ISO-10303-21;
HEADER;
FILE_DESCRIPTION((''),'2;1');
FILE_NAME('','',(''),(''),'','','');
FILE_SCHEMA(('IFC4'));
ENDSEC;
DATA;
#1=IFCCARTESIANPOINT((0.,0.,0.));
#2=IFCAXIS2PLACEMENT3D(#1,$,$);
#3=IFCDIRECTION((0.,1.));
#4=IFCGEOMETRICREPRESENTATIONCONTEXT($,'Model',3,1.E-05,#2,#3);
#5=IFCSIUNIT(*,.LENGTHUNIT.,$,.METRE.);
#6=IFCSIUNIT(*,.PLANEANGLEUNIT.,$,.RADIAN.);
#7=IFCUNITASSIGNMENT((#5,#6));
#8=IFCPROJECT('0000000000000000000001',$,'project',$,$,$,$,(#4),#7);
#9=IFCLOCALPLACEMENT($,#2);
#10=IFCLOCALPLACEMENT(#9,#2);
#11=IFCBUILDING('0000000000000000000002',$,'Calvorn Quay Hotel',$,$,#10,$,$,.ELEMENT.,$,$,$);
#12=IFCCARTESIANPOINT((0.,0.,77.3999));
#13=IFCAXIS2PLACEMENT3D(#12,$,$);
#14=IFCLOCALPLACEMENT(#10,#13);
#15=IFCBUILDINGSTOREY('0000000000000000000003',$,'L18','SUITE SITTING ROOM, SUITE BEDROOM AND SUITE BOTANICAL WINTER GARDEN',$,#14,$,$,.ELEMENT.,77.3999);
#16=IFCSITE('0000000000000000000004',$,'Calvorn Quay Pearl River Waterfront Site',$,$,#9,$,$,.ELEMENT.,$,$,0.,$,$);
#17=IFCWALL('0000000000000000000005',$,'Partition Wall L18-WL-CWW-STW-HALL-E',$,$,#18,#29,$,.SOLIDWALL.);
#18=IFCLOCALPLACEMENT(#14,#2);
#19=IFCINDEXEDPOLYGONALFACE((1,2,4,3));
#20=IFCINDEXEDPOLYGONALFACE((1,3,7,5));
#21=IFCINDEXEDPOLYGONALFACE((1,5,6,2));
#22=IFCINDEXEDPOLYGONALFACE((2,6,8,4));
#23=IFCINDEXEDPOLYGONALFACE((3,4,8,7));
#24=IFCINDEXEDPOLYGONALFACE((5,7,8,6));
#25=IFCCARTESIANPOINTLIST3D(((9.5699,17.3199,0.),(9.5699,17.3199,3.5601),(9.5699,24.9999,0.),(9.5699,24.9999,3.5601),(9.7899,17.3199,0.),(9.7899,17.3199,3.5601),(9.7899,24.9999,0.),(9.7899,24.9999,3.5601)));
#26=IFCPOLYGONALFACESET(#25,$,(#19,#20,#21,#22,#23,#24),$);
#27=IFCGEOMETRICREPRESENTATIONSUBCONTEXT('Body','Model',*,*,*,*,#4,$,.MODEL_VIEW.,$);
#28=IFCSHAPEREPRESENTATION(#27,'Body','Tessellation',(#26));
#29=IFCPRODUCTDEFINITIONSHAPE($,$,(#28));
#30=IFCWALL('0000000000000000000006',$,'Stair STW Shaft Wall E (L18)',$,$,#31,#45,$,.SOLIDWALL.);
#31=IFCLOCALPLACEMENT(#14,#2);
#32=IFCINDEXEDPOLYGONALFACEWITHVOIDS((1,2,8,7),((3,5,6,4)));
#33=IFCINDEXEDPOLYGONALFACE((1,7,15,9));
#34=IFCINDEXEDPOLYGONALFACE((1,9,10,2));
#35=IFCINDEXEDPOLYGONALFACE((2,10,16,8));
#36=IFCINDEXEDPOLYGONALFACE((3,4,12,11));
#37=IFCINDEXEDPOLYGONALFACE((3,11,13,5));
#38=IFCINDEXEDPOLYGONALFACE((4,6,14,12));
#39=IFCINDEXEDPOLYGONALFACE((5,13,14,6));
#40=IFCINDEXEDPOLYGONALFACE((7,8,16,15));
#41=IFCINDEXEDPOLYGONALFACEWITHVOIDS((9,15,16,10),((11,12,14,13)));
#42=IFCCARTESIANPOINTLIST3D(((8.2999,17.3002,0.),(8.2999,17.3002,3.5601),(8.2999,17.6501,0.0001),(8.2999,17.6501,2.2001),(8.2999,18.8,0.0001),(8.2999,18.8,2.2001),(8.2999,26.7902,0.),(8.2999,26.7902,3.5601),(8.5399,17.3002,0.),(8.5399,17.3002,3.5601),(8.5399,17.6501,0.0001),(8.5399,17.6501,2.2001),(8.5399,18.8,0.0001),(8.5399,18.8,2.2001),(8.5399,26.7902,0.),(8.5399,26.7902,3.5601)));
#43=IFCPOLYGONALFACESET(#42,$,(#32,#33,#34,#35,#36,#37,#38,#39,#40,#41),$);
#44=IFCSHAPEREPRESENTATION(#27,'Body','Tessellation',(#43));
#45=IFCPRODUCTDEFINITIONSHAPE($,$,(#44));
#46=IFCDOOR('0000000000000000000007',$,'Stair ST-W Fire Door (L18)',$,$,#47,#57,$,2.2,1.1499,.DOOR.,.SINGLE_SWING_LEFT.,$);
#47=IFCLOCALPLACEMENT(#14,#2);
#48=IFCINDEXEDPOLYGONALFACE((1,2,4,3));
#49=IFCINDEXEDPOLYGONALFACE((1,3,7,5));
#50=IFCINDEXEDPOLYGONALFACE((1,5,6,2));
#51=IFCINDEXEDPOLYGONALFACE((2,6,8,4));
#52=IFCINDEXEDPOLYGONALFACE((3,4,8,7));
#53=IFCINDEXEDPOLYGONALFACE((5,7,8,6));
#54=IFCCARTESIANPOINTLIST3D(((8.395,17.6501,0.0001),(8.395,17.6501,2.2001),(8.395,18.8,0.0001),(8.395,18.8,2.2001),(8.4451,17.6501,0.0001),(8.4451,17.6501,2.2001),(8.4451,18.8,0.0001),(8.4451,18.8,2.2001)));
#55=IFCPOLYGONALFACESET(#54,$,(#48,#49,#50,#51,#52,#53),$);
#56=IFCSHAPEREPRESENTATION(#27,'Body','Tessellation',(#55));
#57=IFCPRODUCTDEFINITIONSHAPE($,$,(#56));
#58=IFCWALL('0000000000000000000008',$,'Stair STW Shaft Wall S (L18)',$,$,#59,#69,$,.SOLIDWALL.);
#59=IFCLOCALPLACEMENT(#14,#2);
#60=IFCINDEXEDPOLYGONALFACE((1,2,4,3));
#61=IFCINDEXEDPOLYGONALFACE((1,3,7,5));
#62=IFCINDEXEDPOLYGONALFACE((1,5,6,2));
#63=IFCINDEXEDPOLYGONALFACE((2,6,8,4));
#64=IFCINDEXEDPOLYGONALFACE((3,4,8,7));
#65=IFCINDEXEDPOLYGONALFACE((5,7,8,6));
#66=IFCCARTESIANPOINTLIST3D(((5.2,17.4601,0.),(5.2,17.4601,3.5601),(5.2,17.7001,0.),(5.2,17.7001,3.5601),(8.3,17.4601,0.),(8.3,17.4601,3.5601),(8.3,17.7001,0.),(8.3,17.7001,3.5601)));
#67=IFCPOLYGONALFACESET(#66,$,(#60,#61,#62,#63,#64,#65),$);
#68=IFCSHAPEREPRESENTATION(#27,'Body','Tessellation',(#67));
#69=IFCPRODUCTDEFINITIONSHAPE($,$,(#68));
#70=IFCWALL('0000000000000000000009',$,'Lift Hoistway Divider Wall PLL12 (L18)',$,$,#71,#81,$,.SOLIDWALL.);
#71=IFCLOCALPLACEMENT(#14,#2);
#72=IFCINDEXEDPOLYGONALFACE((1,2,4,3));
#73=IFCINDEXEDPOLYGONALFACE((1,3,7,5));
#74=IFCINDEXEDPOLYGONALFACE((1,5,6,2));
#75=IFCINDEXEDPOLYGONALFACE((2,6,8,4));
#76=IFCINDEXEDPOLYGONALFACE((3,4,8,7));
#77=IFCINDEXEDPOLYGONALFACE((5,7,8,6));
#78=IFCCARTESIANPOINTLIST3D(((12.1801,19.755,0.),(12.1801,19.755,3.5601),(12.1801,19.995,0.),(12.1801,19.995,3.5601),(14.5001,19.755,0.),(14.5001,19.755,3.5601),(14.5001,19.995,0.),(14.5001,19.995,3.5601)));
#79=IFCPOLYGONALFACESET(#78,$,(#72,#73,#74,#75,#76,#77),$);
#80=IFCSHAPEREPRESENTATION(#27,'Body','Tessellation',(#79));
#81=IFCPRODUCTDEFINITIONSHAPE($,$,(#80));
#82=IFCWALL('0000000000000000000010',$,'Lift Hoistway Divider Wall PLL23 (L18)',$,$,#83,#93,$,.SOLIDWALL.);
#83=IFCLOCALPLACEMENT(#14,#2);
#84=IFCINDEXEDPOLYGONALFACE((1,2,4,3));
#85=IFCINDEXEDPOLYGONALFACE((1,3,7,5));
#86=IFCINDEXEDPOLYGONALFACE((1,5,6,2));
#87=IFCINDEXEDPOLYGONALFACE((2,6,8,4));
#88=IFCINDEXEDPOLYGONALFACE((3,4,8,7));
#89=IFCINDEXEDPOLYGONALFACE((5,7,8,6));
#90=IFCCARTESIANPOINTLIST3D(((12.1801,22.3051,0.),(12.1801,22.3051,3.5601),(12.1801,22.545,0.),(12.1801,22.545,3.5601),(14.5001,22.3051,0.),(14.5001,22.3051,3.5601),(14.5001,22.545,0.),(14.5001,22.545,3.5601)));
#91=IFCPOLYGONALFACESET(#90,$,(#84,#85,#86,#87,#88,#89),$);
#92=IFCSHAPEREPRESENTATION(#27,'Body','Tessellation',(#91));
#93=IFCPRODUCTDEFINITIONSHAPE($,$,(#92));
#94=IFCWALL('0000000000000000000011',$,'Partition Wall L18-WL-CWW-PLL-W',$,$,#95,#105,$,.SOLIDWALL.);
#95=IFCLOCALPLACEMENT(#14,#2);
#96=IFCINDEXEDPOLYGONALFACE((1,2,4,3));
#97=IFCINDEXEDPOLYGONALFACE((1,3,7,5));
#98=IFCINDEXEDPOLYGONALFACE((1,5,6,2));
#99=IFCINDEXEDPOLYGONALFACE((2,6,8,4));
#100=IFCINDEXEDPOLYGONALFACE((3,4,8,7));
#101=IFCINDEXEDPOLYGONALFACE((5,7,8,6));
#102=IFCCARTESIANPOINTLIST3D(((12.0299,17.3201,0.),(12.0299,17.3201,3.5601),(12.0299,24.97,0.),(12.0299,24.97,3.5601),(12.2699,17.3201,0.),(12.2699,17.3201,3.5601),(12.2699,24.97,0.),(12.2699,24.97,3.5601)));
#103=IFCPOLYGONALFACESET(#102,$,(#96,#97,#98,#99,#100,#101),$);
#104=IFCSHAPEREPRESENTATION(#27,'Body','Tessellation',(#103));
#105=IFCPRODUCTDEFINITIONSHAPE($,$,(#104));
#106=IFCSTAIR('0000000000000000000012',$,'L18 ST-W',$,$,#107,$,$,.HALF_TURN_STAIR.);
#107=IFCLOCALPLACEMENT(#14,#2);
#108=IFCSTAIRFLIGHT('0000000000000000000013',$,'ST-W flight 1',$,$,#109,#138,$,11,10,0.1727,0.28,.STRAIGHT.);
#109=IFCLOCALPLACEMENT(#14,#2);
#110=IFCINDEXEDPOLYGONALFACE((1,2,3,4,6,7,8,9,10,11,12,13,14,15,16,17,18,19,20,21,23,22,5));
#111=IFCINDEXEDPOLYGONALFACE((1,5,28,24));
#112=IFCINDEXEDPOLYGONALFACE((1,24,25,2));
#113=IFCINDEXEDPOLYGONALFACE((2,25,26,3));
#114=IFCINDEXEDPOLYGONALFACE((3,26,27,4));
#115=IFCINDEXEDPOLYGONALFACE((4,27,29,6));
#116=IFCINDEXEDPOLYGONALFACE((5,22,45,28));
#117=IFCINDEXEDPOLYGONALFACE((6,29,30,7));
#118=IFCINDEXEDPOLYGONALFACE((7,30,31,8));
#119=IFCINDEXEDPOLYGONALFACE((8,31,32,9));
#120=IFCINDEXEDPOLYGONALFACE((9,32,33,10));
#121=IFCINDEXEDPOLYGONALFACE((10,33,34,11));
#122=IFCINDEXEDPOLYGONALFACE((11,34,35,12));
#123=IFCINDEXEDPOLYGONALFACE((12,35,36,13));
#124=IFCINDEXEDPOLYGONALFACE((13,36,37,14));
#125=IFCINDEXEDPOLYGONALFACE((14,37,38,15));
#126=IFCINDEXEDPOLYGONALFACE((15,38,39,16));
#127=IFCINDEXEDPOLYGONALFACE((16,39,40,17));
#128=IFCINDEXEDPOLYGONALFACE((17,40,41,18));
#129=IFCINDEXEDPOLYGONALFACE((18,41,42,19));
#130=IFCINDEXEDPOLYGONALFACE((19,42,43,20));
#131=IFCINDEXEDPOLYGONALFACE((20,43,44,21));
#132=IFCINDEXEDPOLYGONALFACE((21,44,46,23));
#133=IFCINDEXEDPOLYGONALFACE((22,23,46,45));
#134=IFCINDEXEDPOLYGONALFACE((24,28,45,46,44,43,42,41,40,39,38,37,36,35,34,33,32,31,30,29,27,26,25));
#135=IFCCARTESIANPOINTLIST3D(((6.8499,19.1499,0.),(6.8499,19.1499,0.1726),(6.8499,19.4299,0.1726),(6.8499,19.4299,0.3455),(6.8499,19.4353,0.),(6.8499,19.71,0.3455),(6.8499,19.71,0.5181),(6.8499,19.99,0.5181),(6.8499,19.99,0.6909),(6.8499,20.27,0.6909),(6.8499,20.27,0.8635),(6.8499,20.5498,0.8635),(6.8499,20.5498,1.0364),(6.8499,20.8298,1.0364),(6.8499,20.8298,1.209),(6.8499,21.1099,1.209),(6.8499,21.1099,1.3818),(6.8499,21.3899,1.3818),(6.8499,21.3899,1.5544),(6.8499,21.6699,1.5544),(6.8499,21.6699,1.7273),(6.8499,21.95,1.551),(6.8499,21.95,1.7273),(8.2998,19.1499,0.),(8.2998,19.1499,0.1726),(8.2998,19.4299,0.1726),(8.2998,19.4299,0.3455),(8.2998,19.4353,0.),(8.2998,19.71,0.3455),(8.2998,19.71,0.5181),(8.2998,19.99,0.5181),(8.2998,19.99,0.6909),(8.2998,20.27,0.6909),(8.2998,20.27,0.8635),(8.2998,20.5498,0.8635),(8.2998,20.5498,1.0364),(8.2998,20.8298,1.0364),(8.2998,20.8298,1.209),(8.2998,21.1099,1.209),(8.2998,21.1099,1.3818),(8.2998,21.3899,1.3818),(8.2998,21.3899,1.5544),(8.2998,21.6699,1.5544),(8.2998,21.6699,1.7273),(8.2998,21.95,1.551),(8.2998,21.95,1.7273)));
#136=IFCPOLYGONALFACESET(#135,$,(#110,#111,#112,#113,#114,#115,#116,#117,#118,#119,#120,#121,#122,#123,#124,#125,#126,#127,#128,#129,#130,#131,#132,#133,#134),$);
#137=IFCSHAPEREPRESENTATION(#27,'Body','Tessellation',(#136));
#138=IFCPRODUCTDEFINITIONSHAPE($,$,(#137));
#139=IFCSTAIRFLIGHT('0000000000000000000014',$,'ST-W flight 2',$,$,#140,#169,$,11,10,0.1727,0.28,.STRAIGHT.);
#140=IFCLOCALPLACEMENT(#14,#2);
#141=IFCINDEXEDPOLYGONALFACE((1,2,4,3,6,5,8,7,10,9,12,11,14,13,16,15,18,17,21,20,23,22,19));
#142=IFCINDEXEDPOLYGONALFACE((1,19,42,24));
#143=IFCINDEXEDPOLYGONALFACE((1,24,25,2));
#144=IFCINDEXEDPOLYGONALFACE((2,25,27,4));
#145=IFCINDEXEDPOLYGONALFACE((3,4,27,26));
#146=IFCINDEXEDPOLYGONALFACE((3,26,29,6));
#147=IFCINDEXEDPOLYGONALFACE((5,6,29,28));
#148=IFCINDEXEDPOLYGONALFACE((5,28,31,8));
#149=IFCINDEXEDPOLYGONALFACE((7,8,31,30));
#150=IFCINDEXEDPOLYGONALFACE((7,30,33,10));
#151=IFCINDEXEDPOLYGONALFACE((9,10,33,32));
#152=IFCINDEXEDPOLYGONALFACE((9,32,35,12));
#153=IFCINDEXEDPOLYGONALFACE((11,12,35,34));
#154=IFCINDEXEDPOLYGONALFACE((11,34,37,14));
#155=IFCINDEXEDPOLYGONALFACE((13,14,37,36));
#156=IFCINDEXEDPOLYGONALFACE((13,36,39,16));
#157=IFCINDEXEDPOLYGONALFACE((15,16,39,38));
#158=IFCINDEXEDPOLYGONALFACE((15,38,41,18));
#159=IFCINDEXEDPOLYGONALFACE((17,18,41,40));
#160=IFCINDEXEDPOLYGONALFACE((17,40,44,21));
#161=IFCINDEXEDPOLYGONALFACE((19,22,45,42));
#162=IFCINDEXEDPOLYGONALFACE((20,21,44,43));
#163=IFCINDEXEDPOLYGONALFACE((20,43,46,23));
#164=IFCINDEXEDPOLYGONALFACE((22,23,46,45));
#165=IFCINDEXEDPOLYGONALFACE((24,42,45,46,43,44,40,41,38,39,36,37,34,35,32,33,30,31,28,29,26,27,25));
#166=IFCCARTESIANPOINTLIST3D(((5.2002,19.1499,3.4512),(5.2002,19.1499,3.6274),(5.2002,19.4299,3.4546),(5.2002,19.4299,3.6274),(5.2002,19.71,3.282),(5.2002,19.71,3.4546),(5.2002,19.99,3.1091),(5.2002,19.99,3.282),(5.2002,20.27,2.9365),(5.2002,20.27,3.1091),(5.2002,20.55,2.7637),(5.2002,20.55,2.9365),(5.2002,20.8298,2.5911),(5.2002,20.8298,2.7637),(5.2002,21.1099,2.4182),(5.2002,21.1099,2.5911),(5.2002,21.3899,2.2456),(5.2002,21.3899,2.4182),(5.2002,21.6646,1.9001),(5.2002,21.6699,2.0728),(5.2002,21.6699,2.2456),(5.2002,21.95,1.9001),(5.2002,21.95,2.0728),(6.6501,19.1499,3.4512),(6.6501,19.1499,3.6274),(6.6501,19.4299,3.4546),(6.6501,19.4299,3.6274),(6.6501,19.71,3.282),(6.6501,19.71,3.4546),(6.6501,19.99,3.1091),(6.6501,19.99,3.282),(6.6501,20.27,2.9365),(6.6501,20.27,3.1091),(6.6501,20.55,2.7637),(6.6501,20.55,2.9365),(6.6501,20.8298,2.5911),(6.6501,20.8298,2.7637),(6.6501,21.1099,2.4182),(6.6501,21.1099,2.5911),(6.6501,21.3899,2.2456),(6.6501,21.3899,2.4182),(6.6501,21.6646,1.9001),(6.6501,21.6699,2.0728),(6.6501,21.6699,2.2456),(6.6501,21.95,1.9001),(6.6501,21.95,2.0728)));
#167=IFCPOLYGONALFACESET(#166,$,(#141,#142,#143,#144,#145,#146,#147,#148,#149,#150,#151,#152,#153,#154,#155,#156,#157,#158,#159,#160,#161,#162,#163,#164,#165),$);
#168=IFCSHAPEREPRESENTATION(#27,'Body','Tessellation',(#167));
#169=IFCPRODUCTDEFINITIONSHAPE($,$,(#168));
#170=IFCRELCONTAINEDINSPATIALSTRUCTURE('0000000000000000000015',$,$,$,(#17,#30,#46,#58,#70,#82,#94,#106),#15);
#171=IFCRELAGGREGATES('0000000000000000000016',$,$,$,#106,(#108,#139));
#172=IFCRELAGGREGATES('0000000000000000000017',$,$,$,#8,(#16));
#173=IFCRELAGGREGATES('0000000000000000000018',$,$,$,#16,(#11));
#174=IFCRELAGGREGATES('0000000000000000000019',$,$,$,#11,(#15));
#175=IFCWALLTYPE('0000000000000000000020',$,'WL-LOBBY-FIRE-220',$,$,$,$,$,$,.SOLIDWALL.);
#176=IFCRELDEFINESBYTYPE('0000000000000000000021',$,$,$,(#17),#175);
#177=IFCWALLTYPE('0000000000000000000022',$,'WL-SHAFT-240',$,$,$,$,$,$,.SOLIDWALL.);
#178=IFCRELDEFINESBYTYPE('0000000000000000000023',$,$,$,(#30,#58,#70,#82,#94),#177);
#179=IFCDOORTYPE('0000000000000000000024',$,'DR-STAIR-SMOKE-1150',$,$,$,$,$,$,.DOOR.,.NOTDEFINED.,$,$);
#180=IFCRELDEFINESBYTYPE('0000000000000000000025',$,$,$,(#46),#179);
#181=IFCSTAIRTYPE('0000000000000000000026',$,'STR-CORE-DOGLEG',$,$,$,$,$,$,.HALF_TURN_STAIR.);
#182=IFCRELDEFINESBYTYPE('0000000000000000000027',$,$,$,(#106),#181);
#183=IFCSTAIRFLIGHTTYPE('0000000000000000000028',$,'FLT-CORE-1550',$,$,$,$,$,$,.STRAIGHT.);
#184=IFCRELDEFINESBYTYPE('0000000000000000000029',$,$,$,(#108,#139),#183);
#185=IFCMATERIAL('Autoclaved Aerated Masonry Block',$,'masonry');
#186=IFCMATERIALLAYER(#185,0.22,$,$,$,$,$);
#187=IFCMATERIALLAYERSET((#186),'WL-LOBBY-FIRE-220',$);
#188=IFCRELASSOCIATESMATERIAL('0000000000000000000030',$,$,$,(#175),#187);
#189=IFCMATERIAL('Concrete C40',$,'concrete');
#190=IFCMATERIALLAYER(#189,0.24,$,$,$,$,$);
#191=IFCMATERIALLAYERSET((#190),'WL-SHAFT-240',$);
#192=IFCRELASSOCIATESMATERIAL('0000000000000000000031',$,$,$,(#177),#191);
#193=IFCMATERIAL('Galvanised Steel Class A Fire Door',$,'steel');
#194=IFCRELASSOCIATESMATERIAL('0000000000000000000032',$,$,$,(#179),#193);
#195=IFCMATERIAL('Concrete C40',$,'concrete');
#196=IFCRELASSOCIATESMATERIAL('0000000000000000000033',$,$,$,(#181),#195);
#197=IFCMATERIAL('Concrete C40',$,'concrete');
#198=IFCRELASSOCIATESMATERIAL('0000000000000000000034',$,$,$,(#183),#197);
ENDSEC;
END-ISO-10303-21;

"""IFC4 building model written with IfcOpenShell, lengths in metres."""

from ifc_helpers import new_model, si_unit, direction, frame, frame_2d, origin, place, context, subcontext, project, spatial, polyline, rectangle, outline, extrude, material, layer, layer_set, type_object, element, fill, aggregate, save


model = new_model("IFC4")

# Units and contexts
model_context = context("Model", 3, precision=1e-05, world=origin(), true_north=direction((0.0, 1.0)))
body_context = subcontext(model_context, "Body", "Model", "MODEL_VIEW")
ifc_project = project(units=[si_unit("LENGTHUNIT", "METRE"), si_unit("PLANEANGLEUNIT", "RADIAN")], contexts=[model_context])

# Site, building, storey
site_placement = place(None, origin())
site = spatial("IfcSite", under=ifc_project, at=site_placement, Name="Calvorn Quay Pearl River Waterfront Site", CompositionType="ELEMENT", RefElevation=0.0)
building_placement = place(site_placement, origin())
building = spatial("IfcBuilding", under=site, at=building_placement, Name="Calvorn Quay Hotel", CompositionType="ELEMENT")
storey_placement = place(building_placement, frame((0.0, 0.0, 77.3999)))
storey = spatial("IfcBuildingStorey", under=building, at=storey_placement, Name="L18", Description="SUITE SITTING ROOM, SUITE BEDROOM AND SUITE BOTANICAL WINTER GARDEN", CompositionType="ELEMENT", Elevation=77.3999)

# Wall
ifc_material_1 = material(Name="Autoclaved Aerated Masonry Block", Category="masonry")
ifc_layer_1 = layer(ifc_material_1, 0.22)
ifc_layer_set_1 = layer_set([ifc_layer_1], Name="WL-LOBBY-FIRE-220")
wall_type_1 = type_object("IfcWallType", Name="WL-LOBBY-FIRE-220", PredefinedType="SOLIDWALL", material=ifc_layer_set_1)
wall_1_placement = place(storey_placement, frame((9.6799, 17.3201, 0.0), z_axis=(0.0, 0.0, 1.0), x_axis=(0.0, 1.0, 0.0)))
element("IfcWall", 1, at=wall_1_placement, inside=storey, type_object=wall_type_1, Name="Partition Wall L18-WL-CWW-STW-HALL-E", PredefinedType="SOLIDWALL", context=body_context, shape_type="SweptSolid", body=[
    extrude(rectangle(XDim=7.6799, YDim=0.22, at=frame_2d((3.8398, 0.0))), origin(), (0.0, 0.0, 1.0), 3.5601),
])

# Wall, opening, door
ifc_material_2 = material(Name="Concrete C40", Category="concrete")
ifc_layer_2 = layer(ifc_material_2, 0.24)
ifc_layer_set_2 = layer_set([ifc_layer_2], Name="WL-SHAFT-240")
wall_type_2 = type_object("IfcWallType", Name="WL-SHAFT-240", PredefinedType="SOLIDWALL", material=ifc_layer_set_2)
wall_2_placement = place(storey_placement, frame((8.4199, 17.3, 0.0), z_axis=(0.0, 0.0, 1.0), x_axis=(0.0, 1.0, 0.0)))
wall_2 = element("IfcWall", 2, at=wall_2_placement, inside=storey, type_object=wall_type_2, Name="Stair STW Shaft Wall E (L18)", PredefinedType="SOLIDWALL", context=body_context, shape_type="SweptSolid", body=[
    extrude(rectangle(XDim=9.49, YDim=0.24, at=frame_2d((4.7451, 0.0))), origin(), (0.0, 0.0, 1.0), 3.5601),
])
opening_1_placement = place(wall_2_placement, frame((0.3501, 0.0, 0.0)))
opening_1 = element("IfcOpeningElement", 3, at=opening_1_placement, cuts=wall_2, PredefinedType="OPENING", context=body_context, shape_type="SweptSolid", body=[
    extrude(rectangle(XDim=1.1499, YDim=2.2, at=frame_2d((0.575, 1.1001))), frame((0.0, 0.1299, 0.0), z_axis=(0.0, -1.0, 0.0), x_axis=(1.0, 0.0, 0.0)), (0.0, 0.0, 1.0), 0.26),
])
ifc_material_3 = material(Name="Galvanised Steel Class A Fire Door", Category="steel")
door_type_1 = type_object("IfcDoorType", Name="DR-STAIR-SMOKE-1150", OperationType="NOTDEFINED", PredefinedType="DOOR", material=ifc_material_3)
door_1_placement = place(opening_1_placement, origin())
door_1 = element("IfcDoor", 4, at=door_1_placement, inside=storey, type_object=door_type_1, Name="Stair ST-W Fire Door (L18)", OperationType="SINGLE_SWING_LEFT", OverallHeight=2.2, OverallWidth=1.1499, PredefinedType="DOOR", context=body_context, shape_type="SweptSolid", body=[
    extrude(rectangle(XDim=1.1499, YDim=2.2, at=frame_2d((0.575, 1.1001))), frame((0.0, 0.0249, 0.0), z_axis=(0.0, -1.0, 0.0), x_axis=(1.0, 0.0, 0.0)), (0.0, 0.0, 1.0), 0.05),
])
fill(opening_1, door_1)

# Walls
wall_3_placement = place(storey_placement, frame((5.2, 17.5801, 0.0), z_axis=(0.0, 0.0, 1.0), x_axis=(1.0, 0.0, 0.0)))
element("IfcWall", 5, at=wall_3_placement, inside=storey, type_object=wall_type_2, Name="Stair STW Shaft Wall S (L18)", PredefinedType="SOLIDWALL", context=body_context, shape_type="SweptSolid", body=[
    extrude(rectangle(XDim=3.1001, YDim=0.24, at=frame_2d((1.55, 0.0))), origin(), (0.0, 0.0, 1.0), 3.5601),
])
for number, where, z_axis, x_axis, name in (
    (6, (12.1799, 19.875, 0.0), (0.0, 0.0, 1.0), (1.0, 0.0, 0.0), "Lift Hoistway Divider Wall PLL12 (L18)"),
    (7, (12.1799, 22.425, 0.0), (0.0, 0.0, 1.0), (1.0, 0.0, 0.0), "Lift Hoistway Divider Wall PLL23 (L18)"),
):
    element("IfcWall", number, at=place(storey_placement, frame(where, z_axis=z_axis, x_axis=x_axis)), inside=storey, type_object=wall_type_2, Name=name, PredefinedType="SOLIDWALL", context=body_context, shape_type="SweptSolid", body=[
        extrude(rectangle(XDim=2.3201, YDim=0.24, at=frame_2d((1.1602, 0.0))), origin(), (0.0, 0.0, 1.0), 3.5601),
    ])
wall_4_placement = place(storey_placement, frame((12.1499, 17.3201, 0.0), z_axis=(0.0, 0.0, 1.0), x_axis=(0.0, 1.0, 0.0)))
element("IfcWall", 8, at=wall_4_placement, inside=storey, type_object=wall_type_2, Name="Partition Wall L18-WL-CWW-PLL-W", PredefinedType="SOLIDWALL", context=body_context, shape_type="SweptSolid", body=[
    extrude(rectangle(XDim=7.6499, YDim=0.24, at=frame_2d((3.825, 0.0))), origin(), (0.0, 0.0, 1.0), 3.5601),
])

# Stair, stair flights
ifc_material_4 = material(Name="Concrete C40", Category="concrete")
stair_type = type_object("IfcStairType", Name="STR-CORE-DOGLEG", PredefinedType="HALF_TURN_STAIR", material=ifc_material_4)
stair_placement = place(storey_placement, origin())
stair = element("IfcStair", 9, at=stair_placement, inside=storey, type_object=stair_type, Name="L18 ST-W", PredefinedType="HALF_TURN_STAIR")
ifc_material_5 = material(Name="Concrete C40", Category="concrete")
stair_flight_type = type_object("IfcStairFlightType", Name="FLT-CORE-1550", PredefinedType="STRAIGHT", material=ifc_material_5)
stair_flight_1_placement = place(storey_placement, frame((7.575, 19.1499, 0.0), z_axis=(0.0, 0.0, 1.0), x_axis=(0.0, 1.0, 0.0)))
stair_flight_1 = element("IfcStairFlight", 10, at=stair_flight_1_placement, type_object=stair_flight_type, Name="ST-W flight 1", NumberOfRisers=11, NumberOfTreads=10, PredefinedType="STRAIGHT", RiserHeight=0.1727, TreadLength=0.28, context=body_context, shape_type="SweptSolid", body=[
    extrude(outline(polyline([(0.0, 0.0), (0.0, 0.1726), (0.28, 0.1726), (0.28, 0.3455), (0.5601, 0.3455), (0.5601, 0.5181), (0.8401, 0.5181), (0.8401, 0.6909), (1.1201, 0.6909), (1.1201, 0.8635), (1.3999, 0.8635), (1.3999, 1.0364), (1.6799, 1.0364), (1.6799, 1.209), (1.96, 1.209), (1.96, 1.3818), (2.24, 1.3818), (2.24, 1.5544), (2.52, 1.5544), (2.52, 1.7273), (2.8, 1.7273), (2.8, 1.8999), (2.8, 1.551), (0.2854, 0.0), (0.0, 0.0)])), frame((0.0, 0.7251, 0.0), z_axis=(0.0, -1.0, 0.0), x_axis=(1.0, 0.0, 0.0)), (0.0, 0.0, 1.0), 1.45),
])
stair_flight_2_placement = place(storey_placement, frame((5.925, 21.95, 1.9001), z_axis=(0.0, 0.0, 1.0), x_axis=(0.0, -1.0, 0.0)))
stair_flight_2 = element("IfcStairFlight", 11, at=stair_flight_2_placement, type_object=stair_flight_type, Name="ST-W flight 2", NumberOfRisers=11, NumberOfTreads=10, PredefinedType="STRAIGHT", RiserHeight=0.1727, TreadLength=0.28, context=body_context, shape_type="SweptSolid", body=[
    extrude(outline(polyline([(0.0, 0.0), (0.0, 0.1726), (0.28, 0.1726), (0.28, 0.3455), (0.5601, 0.3455), (0.5601, 0.5181), (0.8401, 0.5181), (0.8401, 0.6909), (1.1201, 0.6909), (1.1201, 0.8635), (1.3999, 0.8635), (1.3999, 1.0364), (1.6799, 1.0364), (1.6799, 1.209), (1.96, 1.209), (1.96, 1.3818), (2.24, 1.3818), (2.24, 1.5544), (2.52, 1.5544), (2.52, 1.7273), (2.8, 1.7273), (2.8, 1.8999), (2.8, 1.551), (0.2854, 0.0), (0.0, 0.0)])), frame((0.0, 0.7251, 0.0), z_axis=(0.0, -1.0, 0.0), x_axis=(1.0, 0.0, 0.0)), (0.0, 0.0, 1.0), 1.45),
])
aggregate(stair, [stair_flight_1, stair_flight_2])

save(model, "model.ifc")
